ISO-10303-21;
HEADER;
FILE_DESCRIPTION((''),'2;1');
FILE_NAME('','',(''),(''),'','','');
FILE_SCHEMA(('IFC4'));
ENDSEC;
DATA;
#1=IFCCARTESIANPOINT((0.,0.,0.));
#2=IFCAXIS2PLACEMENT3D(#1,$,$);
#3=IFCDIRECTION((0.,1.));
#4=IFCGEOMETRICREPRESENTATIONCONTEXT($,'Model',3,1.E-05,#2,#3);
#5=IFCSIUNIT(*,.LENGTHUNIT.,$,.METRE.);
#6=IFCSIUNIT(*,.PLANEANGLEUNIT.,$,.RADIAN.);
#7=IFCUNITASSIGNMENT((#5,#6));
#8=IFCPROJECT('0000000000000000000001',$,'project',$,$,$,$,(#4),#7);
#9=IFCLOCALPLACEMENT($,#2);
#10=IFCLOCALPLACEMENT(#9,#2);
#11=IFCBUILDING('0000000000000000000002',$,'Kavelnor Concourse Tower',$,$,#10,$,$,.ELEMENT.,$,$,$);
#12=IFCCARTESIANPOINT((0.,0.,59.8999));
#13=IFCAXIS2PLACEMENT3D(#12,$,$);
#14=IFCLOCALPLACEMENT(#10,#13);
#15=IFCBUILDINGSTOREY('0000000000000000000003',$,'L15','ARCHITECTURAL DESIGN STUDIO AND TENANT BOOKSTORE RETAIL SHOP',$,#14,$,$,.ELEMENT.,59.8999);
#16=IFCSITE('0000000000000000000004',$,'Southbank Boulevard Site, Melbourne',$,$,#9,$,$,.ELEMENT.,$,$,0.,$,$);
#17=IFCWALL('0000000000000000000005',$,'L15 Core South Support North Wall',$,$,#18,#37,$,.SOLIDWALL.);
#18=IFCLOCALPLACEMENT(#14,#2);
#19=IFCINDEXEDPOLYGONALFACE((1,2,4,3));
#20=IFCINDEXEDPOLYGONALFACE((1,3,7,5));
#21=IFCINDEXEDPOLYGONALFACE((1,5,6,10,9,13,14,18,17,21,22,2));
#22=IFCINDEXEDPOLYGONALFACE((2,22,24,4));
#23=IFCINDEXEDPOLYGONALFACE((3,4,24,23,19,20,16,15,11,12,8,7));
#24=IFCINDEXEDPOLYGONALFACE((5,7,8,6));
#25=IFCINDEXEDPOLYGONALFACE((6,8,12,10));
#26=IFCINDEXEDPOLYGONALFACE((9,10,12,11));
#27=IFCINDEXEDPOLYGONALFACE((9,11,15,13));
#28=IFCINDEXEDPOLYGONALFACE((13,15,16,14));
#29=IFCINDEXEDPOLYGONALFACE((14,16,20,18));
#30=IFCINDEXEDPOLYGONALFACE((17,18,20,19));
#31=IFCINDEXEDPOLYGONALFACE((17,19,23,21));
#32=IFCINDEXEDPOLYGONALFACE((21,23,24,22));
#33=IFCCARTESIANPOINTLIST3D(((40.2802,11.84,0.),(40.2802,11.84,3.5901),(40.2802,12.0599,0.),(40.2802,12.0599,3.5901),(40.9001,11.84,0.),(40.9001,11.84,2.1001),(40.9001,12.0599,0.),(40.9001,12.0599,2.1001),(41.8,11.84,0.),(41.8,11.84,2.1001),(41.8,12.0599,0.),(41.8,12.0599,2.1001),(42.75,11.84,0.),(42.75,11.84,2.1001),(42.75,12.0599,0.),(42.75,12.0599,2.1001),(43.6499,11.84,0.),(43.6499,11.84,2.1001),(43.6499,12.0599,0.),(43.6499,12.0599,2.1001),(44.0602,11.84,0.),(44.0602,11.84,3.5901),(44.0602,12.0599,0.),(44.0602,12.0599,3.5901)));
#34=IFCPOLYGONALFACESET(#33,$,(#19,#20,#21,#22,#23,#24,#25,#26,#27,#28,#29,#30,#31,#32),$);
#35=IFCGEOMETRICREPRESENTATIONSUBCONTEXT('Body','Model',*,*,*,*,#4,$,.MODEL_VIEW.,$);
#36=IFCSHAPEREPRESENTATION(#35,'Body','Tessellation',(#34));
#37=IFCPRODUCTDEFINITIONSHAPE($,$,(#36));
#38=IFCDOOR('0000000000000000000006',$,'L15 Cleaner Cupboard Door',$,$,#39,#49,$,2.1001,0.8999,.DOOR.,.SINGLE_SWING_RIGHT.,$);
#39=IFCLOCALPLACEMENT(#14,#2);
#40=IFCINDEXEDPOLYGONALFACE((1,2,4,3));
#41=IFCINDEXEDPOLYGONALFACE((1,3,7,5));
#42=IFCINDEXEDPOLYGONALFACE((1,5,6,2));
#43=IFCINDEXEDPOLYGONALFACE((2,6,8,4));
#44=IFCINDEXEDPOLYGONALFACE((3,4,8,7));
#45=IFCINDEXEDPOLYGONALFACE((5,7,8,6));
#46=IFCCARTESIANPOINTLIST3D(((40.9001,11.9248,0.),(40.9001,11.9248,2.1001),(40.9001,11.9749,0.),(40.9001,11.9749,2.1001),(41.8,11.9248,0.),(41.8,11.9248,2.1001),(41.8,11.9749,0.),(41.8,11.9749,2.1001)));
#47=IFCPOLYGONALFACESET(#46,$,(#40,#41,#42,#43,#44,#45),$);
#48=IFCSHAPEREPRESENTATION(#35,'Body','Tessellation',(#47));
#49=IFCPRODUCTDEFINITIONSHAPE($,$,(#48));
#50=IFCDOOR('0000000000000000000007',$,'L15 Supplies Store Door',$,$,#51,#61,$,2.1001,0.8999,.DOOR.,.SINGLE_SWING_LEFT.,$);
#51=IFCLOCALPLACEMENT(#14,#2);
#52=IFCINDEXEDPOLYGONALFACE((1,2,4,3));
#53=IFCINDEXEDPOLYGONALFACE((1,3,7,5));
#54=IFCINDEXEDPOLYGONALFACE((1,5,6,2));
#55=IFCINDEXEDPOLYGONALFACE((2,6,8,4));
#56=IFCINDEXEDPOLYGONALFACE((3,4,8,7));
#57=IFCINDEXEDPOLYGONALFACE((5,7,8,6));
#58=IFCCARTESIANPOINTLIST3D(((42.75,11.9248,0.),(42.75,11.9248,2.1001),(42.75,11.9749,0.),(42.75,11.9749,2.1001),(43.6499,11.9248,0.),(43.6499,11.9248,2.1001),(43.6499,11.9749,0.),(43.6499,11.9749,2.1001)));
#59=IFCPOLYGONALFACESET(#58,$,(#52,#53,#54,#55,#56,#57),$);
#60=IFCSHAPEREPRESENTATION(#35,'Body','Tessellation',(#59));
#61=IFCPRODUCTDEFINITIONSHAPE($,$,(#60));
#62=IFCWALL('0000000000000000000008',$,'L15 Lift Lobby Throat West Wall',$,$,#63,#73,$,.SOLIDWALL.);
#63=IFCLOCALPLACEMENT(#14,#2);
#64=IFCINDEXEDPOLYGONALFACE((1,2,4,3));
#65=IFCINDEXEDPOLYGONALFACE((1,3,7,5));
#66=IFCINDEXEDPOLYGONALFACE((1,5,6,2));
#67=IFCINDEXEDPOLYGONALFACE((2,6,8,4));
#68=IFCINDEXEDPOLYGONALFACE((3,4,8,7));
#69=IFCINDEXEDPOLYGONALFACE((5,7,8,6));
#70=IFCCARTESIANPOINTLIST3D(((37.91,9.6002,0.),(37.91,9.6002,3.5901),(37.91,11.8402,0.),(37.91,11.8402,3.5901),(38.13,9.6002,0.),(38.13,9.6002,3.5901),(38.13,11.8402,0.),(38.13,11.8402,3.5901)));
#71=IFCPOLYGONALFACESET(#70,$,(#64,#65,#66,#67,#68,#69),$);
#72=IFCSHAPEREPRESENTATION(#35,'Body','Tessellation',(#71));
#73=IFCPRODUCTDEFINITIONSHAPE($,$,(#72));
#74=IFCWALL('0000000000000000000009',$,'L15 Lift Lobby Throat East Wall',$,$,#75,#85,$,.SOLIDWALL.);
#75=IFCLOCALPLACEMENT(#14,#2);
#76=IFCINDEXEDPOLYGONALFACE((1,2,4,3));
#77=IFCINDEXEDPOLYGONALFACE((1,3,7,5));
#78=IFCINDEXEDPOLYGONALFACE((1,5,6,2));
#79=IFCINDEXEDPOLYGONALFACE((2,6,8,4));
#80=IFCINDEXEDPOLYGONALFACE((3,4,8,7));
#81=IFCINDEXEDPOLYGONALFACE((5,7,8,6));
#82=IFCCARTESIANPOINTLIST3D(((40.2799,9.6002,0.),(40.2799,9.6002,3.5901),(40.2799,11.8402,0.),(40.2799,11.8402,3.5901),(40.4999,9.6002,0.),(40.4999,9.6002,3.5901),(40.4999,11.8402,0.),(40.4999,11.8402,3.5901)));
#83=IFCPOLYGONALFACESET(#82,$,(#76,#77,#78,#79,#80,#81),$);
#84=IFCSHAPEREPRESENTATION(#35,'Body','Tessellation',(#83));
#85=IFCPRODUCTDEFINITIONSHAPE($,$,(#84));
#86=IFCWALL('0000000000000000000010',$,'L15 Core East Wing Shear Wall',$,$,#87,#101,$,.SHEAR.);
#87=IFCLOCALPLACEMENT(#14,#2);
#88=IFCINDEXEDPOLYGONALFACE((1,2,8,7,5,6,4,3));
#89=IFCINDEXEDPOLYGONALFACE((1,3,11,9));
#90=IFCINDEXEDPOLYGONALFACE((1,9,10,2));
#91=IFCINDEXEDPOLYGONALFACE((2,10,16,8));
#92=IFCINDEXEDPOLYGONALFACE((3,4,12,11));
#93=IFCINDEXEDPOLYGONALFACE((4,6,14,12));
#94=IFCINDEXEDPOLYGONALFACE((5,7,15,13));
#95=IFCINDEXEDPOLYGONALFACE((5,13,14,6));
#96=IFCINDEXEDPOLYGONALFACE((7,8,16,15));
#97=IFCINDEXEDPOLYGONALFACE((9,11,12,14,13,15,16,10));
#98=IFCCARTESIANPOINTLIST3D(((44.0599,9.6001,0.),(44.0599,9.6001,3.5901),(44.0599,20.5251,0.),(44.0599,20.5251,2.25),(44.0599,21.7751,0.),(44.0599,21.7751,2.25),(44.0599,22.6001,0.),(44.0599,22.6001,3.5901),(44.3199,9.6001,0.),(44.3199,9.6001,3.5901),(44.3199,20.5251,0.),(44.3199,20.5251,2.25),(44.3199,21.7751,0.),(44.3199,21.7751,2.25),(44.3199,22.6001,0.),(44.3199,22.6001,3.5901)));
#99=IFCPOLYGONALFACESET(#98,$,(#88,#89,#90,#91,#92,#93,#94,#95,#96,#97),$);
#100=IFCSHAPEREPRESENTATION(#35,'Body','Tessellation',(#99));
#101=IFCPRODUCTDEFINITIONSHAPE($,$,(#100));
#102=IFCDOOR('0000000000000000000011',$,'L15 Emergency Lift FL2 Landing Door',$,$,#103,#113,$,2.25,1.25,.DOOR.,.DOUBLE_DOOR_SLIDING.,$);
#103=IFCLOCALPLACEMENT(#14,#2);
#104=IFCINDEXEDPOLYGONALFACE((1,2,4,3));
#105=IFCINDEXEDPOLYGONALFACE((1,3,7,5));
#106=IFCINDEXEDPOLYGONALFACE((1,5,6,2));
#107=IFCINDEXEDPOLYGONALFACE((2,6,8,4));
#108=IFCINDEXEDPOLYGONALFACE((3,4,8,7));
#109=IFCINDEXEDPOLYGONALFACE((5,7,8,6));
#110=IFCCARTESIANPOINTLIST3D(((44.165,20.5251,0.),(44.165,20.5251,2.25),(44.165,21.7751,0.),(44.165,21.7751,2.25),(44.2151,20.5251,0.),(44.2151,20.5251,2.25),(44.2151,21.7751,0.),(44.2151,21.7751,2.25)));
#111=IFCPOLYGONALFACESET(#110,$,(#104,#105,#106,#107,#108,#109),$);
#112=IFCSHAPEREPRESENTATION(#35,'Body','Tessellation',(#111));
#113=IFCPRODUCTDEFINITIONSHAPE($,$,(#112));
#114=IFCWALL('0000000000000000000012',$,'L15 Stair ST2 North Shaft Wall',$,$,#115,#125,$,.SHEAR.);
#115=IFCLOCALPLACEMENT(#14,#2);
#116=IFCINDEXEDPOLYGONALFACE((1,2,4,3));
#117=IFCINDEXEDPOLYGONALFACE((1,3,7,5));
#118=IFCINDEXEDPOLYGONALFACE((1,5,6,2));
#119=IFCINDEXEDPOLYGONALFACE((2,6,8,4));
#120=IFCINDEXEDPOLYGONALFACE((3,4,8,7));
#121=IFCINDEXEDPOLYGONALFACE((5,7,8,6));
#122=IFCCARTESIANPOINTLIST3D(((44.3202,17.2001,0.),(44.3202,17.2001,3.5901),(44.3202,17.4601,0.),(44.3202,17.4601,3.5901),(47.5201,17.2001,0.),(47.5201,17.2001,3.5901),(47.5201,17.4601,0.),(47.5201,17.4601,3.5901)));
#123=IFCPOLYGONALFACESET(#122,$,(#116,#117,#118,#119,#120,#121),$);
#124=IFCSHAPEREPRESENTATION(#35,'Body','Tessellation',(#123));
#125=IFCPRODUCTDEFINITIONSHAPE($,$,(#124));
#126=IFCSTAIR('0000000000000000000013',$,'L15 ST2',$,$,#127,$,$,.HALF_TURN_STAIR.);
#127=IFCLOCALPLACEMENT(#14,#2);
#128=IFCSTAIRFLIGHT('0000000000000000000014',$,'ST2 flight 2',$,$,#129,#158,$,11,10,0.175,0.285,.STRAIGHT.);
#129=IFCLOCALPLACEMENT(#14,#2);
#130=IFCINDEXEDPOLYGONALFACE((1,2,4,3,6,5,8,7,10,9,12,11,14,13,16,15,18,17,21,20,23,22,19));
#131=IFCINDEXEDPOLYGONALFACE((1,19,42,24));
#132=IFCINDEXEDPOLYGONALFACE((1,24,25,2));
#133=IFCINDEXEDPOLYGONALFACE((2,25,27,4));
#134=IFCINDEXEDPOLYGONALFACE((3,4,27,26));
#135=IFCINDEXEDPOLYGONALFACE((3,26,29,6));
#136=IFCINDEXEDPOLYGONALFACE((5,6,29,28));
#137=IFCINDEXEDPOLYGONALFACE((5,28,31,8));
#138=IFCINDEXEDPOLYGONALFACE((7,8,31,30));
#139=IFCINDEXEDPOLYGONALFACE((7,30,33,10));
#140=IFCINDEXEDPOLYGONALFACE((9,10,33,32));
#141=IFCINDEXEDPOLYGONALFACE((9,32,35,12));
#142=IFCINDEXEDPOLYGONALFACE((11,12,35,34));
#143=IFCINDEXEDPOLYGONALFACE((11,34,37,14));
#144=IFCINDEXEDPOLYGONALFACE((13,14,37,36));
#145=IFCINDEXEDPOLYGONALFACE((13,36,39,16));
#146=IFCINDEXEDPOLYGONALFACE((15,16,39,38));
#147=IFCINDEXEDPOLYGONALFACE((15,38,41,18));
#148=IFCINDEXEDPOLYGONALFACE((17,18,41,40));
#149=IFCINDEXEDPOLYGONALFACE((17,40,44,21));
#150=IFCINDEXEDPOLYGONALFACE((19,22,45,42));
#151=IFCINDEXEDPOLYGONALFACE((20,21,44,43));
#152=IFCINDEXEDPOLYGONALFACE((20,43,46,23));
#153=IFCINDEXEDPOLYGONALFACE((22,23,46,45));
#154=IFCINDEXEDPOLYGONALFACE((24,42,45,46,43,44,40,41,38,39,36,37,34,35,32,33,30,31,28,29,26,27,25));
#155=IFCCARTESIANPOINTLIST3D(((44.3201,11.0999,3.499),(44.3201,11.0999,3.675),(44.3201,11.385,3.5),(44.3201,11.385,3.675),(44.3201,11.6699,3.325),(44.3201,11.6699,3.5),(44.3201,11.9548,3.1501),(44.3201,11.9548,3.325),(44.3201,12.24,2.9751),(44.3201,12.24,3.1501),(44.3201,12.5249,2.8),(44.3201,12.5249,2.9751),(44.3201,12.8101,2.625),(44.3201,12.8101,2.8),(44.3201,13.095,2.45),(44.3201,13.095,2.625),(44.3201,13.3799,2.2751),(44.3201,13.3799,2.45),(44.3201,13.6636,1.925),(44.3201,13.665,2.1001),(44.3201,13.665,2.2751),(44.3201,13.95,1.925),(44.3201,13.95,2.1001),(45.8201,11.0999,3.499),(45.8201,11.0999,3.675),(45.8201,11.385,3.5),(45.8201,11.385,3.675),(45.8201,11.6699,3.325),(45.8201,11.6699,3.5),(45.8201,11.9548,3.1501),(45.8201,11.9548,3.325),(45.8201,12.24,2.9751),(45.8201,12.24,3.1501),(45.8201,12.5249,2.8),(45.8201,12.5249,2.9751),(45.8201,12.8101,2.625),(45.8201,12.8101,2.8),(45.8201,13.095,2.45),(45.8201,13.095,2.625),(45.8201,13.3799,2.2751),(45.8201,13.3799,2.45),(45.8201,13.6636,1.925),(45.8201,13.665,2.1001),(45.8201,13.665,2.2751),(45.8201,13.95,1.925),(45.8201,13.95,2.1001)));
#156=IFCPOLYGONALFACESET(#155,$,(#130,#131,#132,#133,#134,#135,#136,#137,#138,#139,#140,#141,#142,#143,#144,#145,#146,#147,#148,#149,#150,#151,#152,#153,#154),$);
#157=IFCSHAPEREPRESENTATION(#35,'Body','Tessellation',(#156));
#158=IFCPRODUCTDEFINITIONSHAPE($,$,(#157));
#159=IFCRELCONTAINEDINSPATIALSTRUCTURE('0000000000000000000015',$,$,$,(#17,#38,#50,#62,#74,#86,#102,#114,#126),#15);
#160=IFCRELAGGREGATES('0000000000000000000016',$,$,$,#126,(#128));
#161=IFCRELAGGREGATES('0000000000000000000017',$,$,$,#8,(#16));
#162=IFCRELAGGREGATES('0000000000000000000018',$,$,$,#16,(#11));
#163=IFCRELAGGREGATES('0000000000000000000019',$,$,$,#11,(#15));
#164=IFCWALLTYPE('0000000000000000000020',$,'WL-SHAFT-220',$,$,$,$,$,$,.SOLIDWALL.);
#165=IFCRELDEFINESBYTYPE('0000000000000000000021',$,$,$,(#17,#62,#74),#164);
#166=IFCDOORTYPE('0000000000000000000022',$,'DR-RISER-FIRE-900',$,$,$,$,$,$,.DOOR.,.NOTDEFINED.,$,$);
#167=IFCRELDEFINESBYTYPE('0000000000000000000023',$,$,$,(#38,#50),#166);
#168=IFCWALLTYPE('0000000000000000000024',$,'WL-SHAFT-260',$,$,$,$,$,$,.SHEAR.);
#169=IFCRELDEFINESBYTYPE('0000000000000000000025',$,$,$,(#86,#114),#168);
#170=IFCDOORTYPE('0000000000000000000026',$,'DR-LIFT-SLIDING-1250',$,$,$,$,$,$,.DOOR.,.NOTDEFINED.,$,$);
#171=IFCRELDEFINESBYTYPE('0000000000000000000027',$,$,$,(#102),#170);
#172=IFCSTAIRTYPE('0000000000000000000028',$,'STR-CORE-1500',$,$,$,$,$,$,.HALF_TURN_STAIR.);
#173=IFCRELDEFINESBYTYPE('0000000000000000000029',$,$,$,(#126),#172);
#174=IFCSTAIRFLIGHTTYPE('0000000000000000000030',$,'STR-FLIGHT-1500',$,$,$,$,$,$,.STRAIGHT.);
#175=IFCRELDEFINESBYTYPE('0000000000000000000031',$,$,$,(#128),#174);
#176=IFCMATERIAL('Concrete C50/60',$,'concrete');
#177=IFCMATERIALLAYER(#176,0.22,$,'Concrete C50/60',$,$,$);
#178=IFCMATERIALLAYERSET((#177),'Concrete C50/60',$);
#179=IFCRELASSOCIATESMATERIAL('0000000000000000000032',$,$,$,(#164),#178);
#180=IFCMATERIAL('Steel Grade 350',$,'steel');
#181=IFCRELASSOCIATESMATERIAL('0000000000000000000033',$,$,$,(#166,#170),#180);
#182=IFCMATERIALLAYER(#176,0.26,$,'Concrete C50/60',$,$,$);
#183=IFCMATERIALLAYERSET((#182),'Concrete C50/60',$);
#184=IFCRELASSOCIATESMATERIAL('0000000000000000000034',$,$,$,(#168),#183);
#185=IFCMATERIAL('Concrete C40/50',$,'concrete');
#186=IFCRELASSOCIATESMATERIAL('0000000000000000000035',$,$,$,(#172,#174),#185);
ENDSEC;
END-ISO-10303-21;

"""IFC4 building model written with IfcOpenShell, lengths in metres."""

from ifc_helpers import new_model, si_unit, direction, frame, frame_2d, origin, place, context, subcontext, project, spatial, polyline, rectangle, outline, extrude, material, layer, layer_set, type_object, element, fill, aggregate, save


model = new_model("IFC4")

# Units and contexts
model_context = context("Model", 3, precision=1e-05, world=origin(), true_north=direction((0.0, 1.0)))
body_context = subcontext(model_context, "Body", "Model", "MODEL_VIEW")
ifc_project = project(units=[si_unit("LENGTHUNIT", "METRE"), si_unit("PLANEANGLEUNIT", "RADIAN")], contexts=[model_context])

# Site, building, storey
site_placement = place(None, origin())
site = spatial("IfcSite", under=ifc_project, at=site_placement, Name="Southbank Boulevard Site, Melbourne", CompositionType="ELEMENT", RefElevation=0.0)
building_placement = place(site_placement, origin())
building = spatial("IfcBuilding", under=site, at=building_placement, Name="Kavelnor Concourse Tower", CompositionType="ELEMENT")
storey_placement = place(building_placement, frame((0.0, 0.0, 59.8999)))
storey = spatial("IfcBuildingStorey", under=building, at=storey_placement, Name="L15", Description="ARCHITECTURAL DESIGN STUDIO AND TENANT BOOKSTORE RETAIL SHOP", CompositionType="ELEMENT", Elevation=59.8999)

# Shared definitions
ifc_material_1 = material(Name="Steel Grade 350", Category="steel")

# Shared definitions
ifc_material_2 = material(Name="Concrete C50/60", Category="concrete")
ifc_layer_1 = layer(ifc_material_2, 0.22, Name="Concrete C50/60")
ifc_layer_set_1 = layer_set([ifc_layer_1], Name="Concrete C50/60")
wall_type_1 = type_object("IfcWallType", Name="WL-SHAFT-220", PredefinedType="SOLIDWALL", material=ifc_layer_set_1)

# Wall, openings, doors
wall_1_placement = place(storey_placement, frame((40.28, 11.95, 0.0), z_axis=(0.0, 0.0, 1.0), x_axis=(1.0, 0.0, 0.0)))
wall_1 = element("IfcWall", 1, at=wall_1_placement, inside=storey, type_object=wall_type_1, Name="L15 Core South Support North Wall", PredefinedType="SOLIDWALL", context=body_context, shape_type="SweptSolid", body=[
    extrude(rectangle(XDim=3.78, YDim=0.22, at=frame_2d((1.8901, 0.0))), origin(), (0.0, 0.0, 1.0), 3.5901),
])
opening_1_placement = place(wall_1_placement, frame((0.6201, 0.0, 0.0)))
opening_1 = element("IfcOpeningElement", 2, at=opening_1_placement, cuts=wall_1, PredefinedType="OPENING", context=body_context, shape_type="SweptSolid", body=[
    extrude(rectangle(XDim=0.8999, YDim=2.1001, at=frame_2d((0.45, 1.05))), frame((0.0, 0.1201, 0.0), z_axis=(0.0, -1.0, 0.0), x_axis=(1.0, 0.0, 0.0)), (0.0, 0.0, 1.0), 0.24),
])
opening_2_placement = place(wall_1_placement, frame((2.47, 0.0, 0.0)))
opening_2 = element("IfcOpeningElement", 3, at=opening_2_placement, cuts=wall_1, PredefinedType="OPENING", context=body_context, shape_type="SweptSolid", body=[
    extrude(rectangle(XDim=0.8999, YDim=2.1001, at=frame_2d((0.45, 1.05))), frame((0.0, 0.1201, 0.0), z_axis=(0.0, -1.0, 0.0), x_axis=(1.0, 0.0, 0.0)), (0.0, 0.0, 1.0), 0.24),
])
door_type_1 = type_object("IfcDoorType", Name="DR-RISER-FIRE-900", OperationType="NOTDEFINED", PredefinedType="DOOR", material=ifc_material_1)
door_1_placement = place(opening_1_placement, origin())
door_1 = element("IfcDoor", 4, at=door_1_placement, inside=storey, type_object=door_type_1, Name="L15 Cleaner Cupboard Door", OperationType="SINGLE_SWING_RIGHT", OverallHeight=2.1001, OverallWidth=0.8999, PredefinedType="DOOR", context=body_context, shape_type="SweptSolid", body=[
    extrude(rectangle(XDim=0.8999, YDim=2.1001, at=frame_2d((0.45, 1.05))), frame((0.0, 0.0249, 0.0), z_axis=(0.0, -1.0, 0.0), x_axis=(1.0, 0.0, 0.0)), (0.0, 0.0, 1.0), 0.05),
])
fill(opening_1, door_1)
door_2_placement = place(opening_2_placement, origin())
door_2 = element("IfcDoor", 5, at=door_2_placement, inside=storey, type_object=door_type_1, Name="L15 Supplies Store Door", OperationType="SINGLE_SWING_LEFT", OverallHeight=2.1001, OverallWidth=0.8999, PredefinedType="DOOR", context=body_context, shape_type="SweptSolid", body=[
    extrude(rectangle(XDim=0.8999, YDim=2.1001, at=frame_2d((0.45, 1.05))), frame((0.0, 0.0249, 0.0), z_axis=(0.0, -1.0, 0.0), x_axis=(1.0, 0.0, 0.0)), (0.0, 0.0, 1.0), 0.05),
])
fill(opening_2, door_2)

# Walls
for number, where, z_axis, x_axis, name in (
    (6, (38.02, 9.6001, 0.0), (0.0, 0.0, 1.0), (0.0, 1.0, 0.0), "L15 Lift Lobby Throat West Wall"),
    (7, (40.3899, 9.6001, 0.0), (0.0, 0.0, 1.0), (0.0, 1.0, 0.0), "L15 Lift Lobby Throat East Wall"),
):
    element("IfcWall", number, at=place(storey_placement, frame(where, z_axis=z_axis, x_axis=x_axis)), inside=storey, type_object=wall_type_1, Name=name, PredefinedType="SOLIDWALL", context=body_context, shape_type="SweptSolid", body=[
        extrude(rectangle(XDim=2.24, YDim=0.22, at=frame_2d((1.1201, 0.0))), origin(), (0.0, 0.0, 1.0), 3.5901),
    ])

# Wall, opening, door
ifc_layer_2 = layer(ifc_material_2, 0.26, Name="Concrete C50/60")
ifc_layer_set_2 = layer_set([ifc_layer_2], Name="Concrete C50/60")
wall_type_2 = type_object("IfcWallType", Name="WL-SHAFT-260", PredefinedType="SHEAR", material=ifc_layer_set_2)
wall_2_placement = place(storey_placement, frame((44.1899, 9.6001, 0.0), z_axis=(0.0, 0.0, 1.0), x_axis=(0.0, 1.0, 0.0)))
wall_2 = element("IfcWall", 8, at=wall_2_placement, inside=storey, type_object=wall_type_2, Name="L15 Core East Wing Shear Wall", PredefinedType="SHEAR", context=body_context, shape_type="SweptSolid", body=[
    extrude(rectangle(XDim=13.0, YDim=0.26, at=frame_2d((6.5, 0.0))), origin(), (0.0, 0.0, 1.0), 3.5901),
])
opening_3_placement = place(wall_2_placement, frame((10.925, 0.0, 0.0)))
opening_3 = element("IfcOpeningElement", 9, at=opening_3_placement, cuts=wall_2, PredefinedType="OPENING", context=body_context, shape_type="SweptSolid", body=[
    extrude(rectangle(XDim=1.25, YDim=2.25, at=frame_2d((0.625, 1.125))), frame((0.0, 0.1401, 0.0), z_axis=(0.0, -1.0, 0.0), x_axis=(1.0, 0.0, 0.0)), (0.0, 0.0, 1.0), 0.28),
])
door_type_2 = type_object("IfcDoorType", Name="DR-LIFT-SLIDING-1250", OperationType="NOTDEFINED", PredefinedType="DOOR", material=ifc_material_1)
door_3_placement = place(opening_3_placement, origin())
door_3 = element("IfcDoor", 10, at=door_3_placement, inside=storey, type_object=door_type_2, Name="L15 Emergency Lift FL2 Landing Door", OperationType="DOUBLE_DOOR_SLIDING", OverallHeight=2.25, OverallWidth=1.25, PredefinedType="DOOR", context=body_context, shape_type="SweptSolid", body=[
    extrude(rectangle(XDim=1.25, YDim=2.25, at=frame_2d((0.625, 1.125))), frame((0.0, 0.0249, 0.0), z_axis=(0.0, -1.0, 0.0), x_axis=(1.0, 0.0, 0.0)), (0.0, 0.0, 1.0), 0.05),
])
fill(opening_3, door_3)

# Wall
wall_3_placement = place(storey_placement, frame((44.3201, 17.3301, 0.0), z_axis=(0.0, 0.0, 1.0), x_axis=(1.0, 0.0, 0.0)))
element("IfcWall", 11, at=wall_3_placement, inside=storey, type_object=wall_type_2, Name="L15 Stair ST2 North Shaft Wall", PredefinedType="SHEAR", context=body_context, shape_type="SweptSolid", body=[
    extrude(rectangle(XDim=3.2, YDim=0.26, at=frame_2d((1.6001, 0.0))), origin(), (0.0, 0.0, 1.0), 3.5901),
])

# Stair, stair flight
ifc_material_3 = material(Name="Concrete C40/50", Category="concrete")
stair_type = type_object("IfcStairType", Name="STR-CORE-1500", PredefinedType="HALF_TURN_STAIR", material=ifc_material_3)
stair_placement = place(storey_placement, origin())
stair = element("IfcStair", 12, at=stair_placement, inside=storey, type_object=stair_type, Name="L15 ST2", PredefinedType="HALF_TURN_STAIR")
stair_flight_type = type_object("IfcStairFlightType", Name="STR-FLIGHT-1500", PredefinedType="STRAIGHT", material=ifc_material_3)
stair_flight_placement = place(storey_placement, frame((45.0701, 13.95, 1.925), z_axis=(0.0, 0.0, 1.0), x_axis=(0.0, -1.0, 0.0)))
stair_flight = element("IfcStairFlight", 13, at=stair_flight_placement, type_object=stair_flight_type, Name="ST2 flight 2", NumberOfRisers=11, NumberOfTreads=10, PredefinedType="STRAIGHT", RiserHeight=0.175, TreadLength=0.285, context=body_context, shape_type="SweptSolid", body=[
    extrude(outline(polyline([(0.0, 0.0), (0.0, 0.175), (0.2849, 0.175), (0.2849, 0.3501), (0.5701, 0.3501), (0.5701, 0.5249), (0.855, 0.5249), (0.855, 0.7), (1.1399, 0.7), (1.1399, 0.875), (1.425, 0.875), (1.425, 1.05), (1.71, 1.05), (1.71, 1.2251), (1.9951, 1.2251), (1.9951, 1.3999), (2.28, 1.3999), (2.28, 1.575), (2.5649, 1.575), (2.5649, 1.75), (2.8501, 1.75), (2.8501, 1.925), (2.8501, 1.574), (0.2864, 0.0), (0.0, 0.0)])), frame((0.0, 0.75, 0.0), z_axis=(0.0, -1.0, 0.0), x_axis=(1.0, 0.0, 0.0)), (0.0, 0.0, 1.0), 1.5),
])
aggregate(stair, [stair_flight])

save(model, "model.ifc")
